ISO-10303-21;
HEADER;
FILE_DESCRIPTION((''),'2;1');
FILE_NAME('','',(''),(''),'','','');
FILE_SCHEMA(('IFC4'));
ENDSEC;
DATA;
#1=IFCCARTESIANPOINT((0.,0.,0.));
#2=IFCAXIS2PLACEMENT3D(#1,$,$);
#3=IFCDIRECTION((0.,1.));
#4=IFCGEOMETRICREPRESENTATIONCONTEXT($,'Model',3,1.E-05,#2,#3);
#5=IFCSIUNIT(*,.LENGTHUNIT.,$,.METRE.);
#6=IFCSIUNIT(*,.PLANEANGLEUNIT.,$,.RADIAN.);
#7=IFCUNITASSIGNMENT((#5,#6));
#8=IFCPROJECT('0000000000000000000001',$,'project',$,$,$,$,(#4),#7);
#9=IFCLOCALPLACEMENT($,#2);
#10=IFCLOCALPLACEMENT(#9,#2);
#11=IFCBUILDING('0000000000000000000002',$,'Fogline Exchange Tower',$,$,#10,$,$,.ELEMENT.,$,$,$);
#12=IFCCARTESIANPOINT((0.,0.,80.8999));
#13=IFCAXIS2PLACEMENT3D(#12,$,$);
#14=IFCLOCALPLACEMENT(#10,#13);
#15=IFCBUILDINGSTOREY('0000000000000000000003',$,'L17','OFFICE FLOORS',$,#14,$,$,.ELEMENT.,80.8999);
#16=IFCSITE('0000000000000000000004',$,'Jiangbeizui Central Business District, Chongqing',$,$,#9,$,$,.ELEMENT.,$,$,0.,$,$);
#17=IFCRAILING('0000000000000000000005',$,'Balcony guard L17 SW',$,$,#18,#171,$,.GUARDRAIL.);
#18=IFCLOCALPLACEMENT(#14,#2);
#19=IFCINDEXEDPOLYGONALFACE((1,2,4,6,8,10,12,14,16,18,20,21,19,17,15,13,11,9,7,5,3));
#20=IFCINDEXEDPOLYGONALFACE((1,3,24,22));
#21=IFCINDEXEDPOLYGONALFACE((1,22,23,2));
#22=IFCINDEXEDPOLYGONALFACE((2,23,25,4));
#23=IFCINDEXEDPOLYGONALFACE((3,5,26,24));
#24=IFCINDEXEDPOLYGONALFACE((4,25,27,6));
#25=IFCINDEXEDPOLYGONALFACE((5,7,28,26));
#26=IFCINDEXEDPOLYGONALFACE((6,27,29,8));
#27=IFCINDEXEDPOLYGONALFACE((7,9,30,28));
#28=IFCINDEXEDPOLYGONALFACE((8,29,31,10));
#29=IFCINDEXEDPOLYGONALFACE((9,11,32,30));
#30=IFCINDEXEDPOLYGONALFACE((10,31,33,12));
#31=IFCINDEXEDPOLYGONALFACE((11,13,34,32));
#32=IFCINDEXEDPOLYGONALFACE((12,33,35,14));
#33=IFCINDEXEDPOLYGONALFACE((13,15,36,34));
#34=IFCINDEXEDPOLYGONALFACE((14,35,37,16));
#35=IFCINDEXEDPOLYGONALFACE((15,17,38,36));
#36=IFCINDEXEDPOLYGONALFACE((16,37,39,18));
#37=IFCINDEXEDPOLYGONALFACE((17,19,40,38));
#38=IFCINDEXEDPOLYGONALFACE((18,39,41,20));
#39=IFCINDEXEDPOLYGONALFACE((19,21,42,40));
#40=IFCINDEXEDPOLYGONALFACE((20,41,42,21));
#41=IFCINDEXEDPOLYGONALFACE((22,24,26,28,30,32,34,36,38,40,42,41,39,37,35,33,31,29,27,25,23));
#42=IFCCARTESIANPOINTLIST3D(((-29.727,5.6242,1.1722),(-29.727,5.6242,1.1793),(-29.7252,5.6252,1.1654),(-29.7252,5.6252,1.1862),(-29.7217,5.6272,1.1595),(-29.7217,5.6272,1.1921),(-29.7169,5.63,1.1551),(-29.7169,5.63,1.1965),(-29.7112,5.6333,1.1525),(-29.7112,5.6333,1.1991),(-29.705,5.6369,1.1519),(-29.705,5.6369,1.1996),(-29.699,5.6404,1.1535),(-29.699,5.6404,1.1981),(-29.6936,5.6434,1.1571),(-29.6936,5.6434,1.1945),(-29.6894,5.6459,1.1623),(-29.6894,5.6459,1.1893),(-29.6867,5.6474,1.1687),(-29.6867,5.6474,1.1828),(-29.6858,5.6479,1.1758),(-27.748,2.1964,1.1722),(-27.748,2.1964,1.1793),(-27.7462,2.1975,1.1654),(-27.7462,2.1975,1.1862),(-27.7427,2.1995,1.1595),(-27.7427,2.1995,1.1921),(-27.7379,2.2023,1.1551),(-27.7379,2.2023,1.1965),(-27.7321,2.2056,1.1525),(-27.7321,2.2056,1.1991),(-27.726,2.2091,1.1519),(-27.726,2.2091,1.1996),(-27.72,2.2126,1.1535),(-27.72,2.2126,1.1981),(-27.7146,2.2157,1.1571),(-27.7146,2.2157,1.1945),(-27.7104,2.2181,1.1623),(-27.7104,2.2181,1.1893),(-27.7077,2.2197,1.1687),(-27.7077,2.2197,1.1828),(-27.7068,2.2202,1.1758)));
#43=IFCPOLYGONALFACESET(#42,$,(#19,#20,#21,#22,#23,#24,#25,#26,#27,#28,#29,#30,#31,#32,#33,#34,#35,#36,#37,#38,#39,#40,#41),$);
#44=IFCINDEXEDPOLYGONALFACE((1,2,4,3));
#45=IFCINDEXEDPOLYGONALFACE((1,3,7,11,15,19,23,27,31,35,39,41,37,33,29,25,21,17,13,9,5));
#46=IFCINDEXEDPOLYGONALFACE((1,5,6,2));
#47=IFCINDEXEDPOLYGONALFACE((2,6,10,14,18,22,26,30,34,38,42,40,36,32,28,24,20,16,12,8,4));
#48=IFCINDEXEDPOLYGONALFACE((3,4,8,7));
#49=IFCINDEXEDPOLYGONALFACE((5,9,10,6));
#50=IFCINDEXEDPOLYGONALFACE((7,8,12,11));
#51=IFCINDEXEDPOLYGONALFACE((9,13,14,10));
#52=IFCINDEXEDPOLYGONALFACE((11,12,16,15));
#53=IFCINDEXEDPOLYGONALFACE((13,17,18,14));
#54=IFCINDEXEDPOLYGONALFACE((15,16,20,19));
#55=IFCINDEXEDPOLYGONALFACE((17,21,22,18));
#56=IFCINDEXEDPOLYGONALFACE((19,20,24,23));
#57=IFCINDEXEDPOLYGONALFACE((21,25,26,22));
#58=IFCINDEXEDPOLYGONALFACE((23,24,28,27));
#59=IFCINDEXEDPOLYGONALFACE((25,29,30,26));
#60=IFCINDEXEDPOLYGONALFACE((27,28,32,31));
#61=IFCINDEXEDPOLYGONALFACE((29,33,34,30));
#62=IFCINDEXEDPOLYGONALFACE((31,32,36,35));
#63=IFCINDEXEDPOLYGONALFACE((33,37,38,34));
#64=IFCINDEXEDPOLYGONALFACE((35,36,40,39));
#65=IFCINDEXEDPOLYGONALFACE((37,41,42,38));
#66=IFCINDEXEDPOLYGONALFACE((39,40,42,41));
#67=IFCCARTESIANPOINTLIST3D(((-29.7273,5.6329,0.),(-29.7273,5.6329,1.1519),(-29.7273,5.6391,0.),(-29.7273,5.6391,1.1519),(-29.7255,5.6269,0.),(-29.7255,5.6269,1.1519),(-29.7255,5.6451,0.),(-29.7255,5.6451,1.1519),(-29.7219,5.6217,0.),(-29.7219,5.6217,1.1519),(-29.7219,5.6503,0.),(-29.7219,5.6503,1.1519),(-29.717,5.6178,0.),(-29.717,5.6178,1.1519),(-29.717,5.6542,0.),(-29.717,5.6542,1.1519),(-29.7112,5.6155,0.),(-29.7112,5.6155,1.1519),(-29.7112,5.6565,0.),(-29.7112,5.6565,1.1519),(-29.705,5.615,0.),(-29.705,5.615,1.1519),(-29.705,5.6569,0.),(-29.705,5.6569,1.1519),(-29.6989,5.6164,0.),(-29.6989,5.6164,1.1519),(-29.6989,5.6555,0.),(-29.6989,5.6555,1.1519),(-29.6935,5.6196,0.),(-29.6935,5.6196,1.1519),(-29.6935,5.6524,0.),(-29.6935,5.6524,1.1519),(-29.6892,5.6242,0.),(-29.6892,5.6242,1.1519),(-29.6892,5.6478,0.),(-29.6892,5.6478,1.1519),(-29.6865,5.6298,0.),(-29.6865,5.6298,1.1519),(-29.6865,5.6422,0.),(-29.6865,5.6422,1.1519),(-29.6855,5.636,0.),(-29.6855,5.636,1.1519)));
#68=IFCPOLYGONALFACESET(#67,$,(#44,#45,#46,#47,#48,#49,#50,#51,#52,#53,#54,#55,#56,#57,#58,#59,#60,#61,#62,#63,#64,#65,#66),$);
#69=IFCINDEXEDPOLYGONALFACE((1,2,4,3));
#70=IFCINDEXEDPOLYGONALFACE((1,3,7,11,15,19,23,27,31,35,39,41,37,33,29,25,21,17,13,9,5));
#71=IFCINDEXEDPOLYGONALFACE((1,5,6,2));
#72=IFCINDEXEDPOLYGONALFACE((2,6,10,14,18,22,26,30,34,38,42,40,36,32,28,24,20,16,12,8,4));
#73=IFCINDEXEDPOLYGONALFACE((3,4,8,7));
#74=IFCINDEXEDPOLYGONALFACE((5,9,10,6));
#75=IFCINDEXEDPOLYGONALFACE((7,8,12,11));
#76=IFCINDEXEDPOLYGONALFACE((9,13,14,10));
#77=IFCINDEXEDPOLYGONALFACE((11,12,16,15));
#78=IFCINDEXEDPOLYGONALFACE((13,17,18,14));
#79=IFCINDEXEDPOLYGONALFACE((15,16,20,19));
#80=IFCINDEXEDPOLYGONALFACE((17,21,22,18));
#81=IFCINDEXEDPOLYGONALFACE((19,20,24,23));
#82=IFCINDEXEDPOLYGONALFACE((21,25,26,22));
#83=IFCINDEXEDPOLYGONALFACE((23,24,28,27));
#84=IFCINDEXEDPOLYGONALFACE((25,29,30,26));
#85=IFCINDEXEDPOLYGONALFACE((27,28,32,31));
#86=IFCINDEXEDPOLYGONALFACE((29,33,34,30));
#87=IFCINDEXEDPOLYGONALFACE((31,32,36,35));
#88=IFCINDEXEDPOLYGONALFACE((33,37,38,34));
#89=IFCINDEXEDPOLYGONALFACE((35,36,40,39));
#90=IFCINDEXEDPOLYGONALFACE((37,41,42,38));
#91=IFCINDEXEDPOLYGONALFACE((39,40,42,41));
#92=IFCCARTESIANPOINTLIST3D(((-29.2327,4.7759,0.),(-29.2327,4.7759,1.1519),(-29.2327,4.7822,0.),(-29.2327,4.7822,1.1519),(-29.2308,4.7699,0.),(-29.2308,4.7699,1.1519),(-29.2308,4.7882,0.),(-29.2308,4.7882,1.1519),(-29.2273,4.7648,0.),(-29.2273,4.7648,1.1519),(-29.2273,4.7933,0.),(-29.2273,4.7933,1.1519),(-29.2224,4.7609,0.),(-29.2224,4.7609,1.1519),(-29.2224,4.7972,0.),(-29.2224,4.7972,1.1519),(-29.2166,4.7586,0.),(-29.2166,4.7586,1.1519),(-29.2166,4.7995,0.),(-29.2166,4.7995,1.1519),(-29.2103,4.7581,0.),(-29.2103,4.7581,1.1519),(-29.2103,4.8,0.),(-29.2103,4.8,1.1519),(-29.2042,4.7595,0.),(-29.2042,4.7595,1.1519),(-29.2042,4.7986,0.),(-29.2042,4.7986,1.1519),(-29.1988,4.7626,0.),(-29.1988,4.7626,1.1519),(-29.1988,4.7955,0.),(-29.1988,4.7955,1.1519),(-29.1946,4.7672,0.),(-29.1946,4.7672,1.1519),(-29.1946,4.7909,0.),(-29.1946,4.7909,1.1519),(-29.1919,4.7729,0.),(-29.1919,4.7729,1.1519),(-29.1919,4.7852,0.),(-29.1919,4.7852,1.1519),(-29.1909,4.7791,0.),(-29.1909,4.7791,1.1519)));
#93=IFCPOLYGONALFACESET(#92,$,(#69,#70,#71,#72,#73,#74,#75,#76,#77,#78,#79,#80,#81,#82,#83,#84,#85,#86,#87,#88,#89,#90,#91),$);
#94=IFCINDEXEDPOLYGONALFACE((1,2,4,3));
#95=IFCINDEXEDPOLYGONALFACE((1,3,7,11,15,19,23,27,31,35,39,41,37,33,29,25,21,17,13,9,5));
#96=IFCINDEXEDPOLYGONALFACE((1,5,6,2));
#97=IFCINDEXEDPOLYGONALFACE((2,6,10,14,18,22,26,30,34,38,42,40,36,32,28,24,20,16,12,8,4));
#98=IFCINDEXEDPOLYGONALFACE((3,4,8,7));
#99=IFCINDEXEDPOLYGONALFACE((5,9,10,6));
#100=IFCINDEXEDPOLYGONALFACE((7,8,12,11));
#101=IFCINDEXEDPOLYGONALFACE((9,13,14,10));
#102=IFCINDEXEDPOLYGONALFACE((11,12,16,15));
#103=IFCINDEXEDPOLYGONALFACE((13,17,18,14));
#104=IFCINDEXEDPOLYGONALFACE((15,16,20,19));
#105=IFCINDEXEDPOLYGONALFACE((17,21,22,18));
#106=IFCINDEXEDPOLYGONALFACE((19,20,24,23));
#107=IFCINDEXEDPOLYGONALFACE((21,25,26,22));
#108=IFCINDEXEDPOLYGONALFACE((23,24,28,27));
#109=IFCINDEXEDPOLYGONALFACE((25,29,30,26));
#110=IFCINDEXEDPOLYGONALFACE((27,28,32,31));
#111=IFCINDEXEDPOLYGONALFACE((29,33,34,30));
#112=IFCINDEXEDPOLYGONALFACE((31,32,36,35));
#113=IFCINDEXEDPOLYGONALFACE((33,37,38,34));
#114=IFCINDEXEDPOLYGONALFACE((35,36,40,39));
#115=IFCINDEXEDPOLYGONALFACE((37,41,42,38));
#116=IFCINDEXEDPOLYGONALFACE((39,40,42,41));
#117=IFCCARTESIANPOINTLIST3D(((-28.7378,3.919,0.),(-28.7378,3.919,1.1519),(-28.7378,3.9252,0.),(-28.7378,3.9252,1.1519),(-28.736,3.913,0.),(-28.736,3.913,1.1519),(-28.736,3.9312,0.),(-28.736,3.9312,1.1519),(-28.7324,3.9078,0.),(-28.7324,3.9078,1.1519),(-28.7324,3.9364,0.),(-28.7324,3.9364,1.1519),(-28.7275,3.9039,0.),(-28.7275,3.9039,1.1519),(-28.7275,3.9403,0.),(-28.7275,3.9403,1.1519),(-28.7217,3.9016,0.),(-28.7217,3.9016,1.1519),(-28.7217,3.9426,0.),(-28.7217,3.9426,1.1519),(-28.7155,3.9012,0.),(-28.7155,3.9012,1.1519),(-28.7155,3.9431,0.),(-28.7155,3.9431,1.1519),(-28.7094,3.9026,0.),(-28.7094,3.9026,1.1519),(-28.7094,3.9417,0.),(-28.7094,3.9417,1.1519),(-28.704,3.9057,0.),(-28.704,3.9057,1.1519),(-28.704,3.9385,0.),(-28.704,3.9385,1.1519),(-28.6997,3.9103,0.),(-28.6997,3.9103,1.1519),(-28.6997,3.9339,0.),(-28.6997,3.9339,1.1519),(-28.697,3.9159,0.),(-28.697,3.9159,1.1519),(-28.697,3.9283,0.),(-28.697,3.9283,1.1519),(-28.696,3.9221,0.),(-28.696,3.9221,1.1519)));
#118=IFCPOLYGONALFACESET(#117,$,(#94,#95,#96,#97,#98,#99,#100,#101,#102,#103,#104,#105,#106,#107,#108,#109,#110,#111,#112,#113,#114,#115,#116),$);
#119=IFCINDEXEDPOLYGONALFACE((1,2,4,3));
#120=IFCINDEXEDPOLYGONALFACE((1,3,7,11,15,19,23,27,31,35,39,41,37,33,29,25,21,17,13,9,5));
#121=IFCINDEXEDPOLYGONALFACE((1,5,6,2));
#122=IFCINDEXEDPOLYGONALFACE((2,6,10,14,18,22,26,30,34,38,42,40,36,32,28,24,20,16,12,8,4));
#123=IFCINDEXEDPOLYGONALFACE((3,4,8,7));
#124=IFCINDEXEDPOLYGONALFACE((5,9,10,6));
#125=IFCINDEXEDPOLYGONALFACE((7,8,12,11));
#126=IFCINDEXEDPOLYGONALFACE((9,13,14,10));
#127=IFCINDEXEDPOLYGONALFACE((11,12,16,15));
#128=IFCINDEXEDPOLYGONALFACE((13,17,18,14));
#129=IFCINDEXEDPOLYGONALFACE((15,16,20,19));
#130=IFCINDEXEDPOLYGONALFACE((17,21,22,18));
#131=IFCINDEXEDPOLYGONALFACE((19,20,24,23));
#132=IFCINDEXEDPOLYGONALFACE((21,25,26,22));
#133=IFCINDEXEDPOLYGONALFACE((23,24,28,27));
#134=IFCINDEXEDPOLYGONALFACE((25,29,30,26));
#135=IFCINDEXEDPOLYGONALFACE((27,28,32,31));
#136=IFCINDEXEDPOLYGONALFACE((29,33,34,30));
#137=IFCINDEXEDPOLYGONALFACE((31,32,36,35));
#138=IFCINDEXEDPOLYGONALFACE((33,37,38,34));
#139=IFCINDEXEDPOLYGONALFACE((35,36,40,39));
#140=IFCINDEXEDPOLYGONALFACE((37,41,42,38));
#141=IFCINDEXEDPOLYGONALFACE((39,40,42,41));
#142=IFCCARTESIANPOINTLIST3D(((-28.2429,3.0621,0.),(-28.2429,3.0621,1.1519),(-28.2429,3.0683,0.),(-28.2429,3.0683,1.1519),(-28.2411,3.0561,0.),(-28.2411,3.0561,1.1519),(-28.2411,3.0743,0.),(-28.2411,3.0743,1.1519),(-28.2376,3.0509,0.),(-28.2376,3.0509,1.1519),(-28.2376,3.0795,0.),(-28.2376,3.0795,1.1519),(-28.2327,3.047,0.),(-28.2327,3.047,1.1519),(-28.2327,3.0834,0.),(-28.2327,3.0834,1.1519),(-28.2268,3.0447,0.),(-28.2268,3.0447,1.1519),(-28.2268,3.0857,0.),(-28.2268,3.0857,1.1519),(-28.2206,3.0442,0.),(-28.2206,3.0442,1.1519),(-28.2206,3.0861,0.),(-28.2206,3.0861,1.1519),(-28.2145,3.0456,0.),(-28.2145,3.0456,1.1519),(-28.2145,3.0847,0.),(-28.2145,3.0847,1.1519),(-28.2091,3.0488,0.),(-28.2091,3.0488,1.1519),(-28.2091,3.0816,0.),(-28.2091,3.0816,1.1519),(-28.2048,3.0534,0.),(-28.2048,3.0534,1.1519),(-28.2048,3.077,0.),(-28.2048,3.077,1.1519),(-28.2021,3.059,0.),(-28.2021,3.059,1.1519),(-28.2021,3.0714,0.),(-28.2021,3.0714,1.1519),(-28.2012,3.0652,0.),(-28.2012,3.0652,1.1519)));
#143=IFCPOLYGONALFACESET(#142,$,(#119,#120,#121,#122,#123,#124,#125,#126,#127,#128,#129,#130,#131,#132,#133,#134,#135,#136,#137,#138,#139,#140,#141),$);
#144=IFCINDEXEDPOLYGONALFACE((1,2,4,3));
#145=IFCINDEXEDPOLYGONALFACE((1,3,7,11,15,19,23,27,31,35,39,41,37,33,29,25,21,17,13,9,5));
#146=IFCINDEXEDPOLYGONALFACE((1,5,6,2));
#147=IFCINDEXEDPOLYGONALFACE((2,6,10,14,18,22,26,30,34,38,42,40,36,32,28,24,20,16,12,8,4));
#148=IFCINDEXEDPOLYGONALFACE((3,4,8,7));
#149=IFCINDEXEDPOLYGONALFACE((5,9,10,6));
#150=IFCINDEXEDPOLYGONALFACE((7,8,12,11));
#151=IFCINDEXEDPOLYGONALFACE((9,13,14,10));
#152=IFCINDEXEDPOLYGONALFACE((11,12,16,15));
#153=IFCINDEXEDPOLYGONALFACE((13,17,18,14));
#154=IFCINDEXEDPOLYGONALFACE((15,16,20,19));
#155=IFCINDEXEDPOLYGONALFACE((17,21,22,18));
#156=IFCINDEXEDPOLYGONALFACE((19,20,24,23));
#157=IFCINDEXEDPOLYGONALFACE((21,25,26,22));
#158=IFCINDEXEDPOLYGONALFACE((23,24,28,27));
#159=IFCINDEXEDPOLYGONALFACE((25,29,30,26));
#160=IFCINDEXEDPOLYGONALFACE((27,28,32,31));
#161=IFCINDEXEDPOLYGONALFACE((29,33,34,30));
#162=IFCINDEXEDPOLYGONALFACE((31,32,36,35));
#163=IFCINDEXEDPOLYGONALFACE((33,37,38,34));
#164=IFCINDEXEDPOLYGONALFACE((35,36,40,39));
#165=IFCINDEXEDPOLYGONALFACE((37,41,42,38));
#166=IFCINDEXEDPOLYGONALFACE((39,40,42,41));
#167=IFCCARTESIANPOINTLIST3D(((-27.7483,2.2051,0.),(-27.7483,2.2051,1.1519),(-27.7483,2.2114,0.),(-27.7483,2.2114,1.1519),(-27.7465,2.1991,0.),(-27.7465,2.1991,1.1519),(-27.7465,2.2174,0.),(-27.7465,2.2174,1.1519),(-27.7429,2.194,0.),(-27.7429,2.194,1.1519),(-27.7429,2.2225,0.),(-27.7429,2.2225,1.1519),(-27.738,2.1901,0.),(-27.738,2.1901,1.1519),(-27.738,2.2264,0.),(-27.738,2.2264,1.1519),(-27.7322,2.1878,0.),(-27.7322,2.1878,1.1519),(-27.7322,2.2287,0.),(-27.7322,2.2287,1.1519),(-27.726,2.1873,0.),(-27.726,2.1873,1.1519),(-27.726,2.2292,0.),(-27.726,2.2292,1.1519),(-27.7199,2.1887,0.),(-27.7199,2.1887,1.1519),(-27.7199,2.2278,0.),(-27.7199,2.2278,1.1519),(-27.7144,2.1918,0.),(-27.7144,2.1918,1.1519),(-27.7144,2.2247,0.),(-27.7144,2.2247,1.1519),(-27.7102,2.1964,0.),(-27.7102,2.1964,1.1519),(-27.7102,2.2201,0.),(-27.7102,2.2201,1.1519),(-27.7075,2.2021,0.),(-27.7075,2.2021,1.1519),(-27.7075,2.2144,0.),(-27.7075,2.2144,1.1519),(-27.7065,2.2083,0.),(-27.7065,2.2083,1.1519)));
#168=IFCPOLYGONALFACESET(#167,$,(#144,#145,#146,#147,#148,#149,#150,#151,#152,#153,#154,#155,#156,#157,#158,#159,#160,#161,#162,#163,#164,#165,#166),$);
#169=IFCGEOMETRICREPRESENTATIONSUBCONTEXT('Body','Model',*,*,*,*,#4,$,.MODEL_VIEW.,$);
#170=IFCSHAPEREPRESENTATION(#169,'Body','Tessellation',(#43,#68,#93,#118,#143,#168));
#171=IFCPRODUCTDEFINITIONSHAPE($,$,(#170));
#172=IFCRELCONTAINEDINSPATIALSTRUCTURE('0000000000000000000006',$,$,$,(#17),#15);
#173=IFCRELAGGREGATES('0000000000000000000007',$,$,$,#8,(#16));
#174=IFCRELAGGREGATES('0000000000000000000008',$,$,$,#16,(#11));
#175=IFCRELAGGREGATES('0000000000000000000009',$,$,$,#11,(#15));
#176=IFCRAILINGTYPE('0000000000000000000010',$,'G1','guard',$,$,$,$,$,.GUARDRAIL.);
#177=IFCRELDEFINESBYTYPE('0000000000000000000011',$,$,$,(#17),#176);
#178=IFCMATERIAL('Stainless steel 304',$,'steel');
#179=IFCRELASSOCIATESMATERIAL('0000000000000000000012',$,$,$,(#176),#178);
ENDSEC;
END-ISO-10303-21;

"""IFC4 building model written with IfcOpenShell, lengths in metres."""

from ifc_helpers import new_model, si_unit, direction, frame, origin, origin_2d, place, context, subcontext, project, spatial, circle, extrude, material, type_object, element, save


model = new_model("IFC4")

# Units and contexts
model_context = context("Model", 3, precision=1e-05, world=origin(), true_north=direction((0.0, 1.0)))
body_context = subcontext(model_context, "Body", "Model", "MODEL_VIEW")
ifc_project = project(units=[si_unit("LENGTHUNIT", "METRE"), si_unit("PLANEANGLEUNIT", "RADIAN")], contexts=[model_context])

# Site, building, storey
site_placement = place(None, origin())
site = spatial("IfcSite", under=ifc_project, at=site_placement, Name="Jiangbeizui Central Business District, Chongqing", CompositionType="ELEMENT", RefElevation=0.0)
building_placement = place(site_placement, origin())
building = spatial("IfcBuilding", under=site, at=building_placement, Name="Fogline Exchange Tower", CompositionType="ELEMENT")
storey_placement = place(building_placement, frame((0.0, 0.0, 80.8999)))
storey = spatial("IfcBuildingStorey", under=building, at=storey_placement, Name="L17", Description="OFFICE FLOORS", CompositionType="ELEMENT", Elevation=80.8999)

# Railing
ifc_material_1 = material(Name="Stainless steel 304", Category="steel")
railing_type = type_object("IfcRailingType", Name="G1", Description="guard", PredefinedType="GUARDRAIL", material=ifc_material_1)
railing_placement = place(storey_placement, frame((-29.7065, 5.636, 0.0)))
element("IfcRailing", 1, at=railing_placement, inside=storey, type_object=railing_type, Name="Balcony guard L17 SW", PredefinedType="GUARDRAIL", context=body_context, shape_type="SweptSolid", body=[
    extrude(circle(Radius=0.0239, at=origin_2d()), frame((0.0, 0.0, 1.1758), z_axis=(0.5, -0.866025, 0.0), x_axis=(0.866025, 0.5, 0.0)), (0.0, 0.0, 1.0), 3.958),
    extrude(circle(Radius=0.021, at=origin_2d()), origin(), (0.0, 0.0, 1.0), 1.1519),
    extrude(circle(Radius=0.021, at=origin_2d()), frame((0.4946, -0.8569, 0.0)), (0.0, 0.0, 1.0), 1.1519),
    extrude(circle(Radius=0.021, at=origin_2d()), frame((0.9895, -1.7139, 0.0)), (0.0, 0.0, 1.0), 1.1519),
    extrude(circle(Radius=0.021, at=origin_2d()), frame((1.4844, -2.5708, 0.0)), (0.0, 0.0, 1.0), 1.1519),
    extrude(circle(Radius=0.021, at=origin_2d()), frame((1.979, -3.4277, 0.0)), (0.0, 0.0, 1.0), 1.1519),
])

save(model, "model.ifc")
